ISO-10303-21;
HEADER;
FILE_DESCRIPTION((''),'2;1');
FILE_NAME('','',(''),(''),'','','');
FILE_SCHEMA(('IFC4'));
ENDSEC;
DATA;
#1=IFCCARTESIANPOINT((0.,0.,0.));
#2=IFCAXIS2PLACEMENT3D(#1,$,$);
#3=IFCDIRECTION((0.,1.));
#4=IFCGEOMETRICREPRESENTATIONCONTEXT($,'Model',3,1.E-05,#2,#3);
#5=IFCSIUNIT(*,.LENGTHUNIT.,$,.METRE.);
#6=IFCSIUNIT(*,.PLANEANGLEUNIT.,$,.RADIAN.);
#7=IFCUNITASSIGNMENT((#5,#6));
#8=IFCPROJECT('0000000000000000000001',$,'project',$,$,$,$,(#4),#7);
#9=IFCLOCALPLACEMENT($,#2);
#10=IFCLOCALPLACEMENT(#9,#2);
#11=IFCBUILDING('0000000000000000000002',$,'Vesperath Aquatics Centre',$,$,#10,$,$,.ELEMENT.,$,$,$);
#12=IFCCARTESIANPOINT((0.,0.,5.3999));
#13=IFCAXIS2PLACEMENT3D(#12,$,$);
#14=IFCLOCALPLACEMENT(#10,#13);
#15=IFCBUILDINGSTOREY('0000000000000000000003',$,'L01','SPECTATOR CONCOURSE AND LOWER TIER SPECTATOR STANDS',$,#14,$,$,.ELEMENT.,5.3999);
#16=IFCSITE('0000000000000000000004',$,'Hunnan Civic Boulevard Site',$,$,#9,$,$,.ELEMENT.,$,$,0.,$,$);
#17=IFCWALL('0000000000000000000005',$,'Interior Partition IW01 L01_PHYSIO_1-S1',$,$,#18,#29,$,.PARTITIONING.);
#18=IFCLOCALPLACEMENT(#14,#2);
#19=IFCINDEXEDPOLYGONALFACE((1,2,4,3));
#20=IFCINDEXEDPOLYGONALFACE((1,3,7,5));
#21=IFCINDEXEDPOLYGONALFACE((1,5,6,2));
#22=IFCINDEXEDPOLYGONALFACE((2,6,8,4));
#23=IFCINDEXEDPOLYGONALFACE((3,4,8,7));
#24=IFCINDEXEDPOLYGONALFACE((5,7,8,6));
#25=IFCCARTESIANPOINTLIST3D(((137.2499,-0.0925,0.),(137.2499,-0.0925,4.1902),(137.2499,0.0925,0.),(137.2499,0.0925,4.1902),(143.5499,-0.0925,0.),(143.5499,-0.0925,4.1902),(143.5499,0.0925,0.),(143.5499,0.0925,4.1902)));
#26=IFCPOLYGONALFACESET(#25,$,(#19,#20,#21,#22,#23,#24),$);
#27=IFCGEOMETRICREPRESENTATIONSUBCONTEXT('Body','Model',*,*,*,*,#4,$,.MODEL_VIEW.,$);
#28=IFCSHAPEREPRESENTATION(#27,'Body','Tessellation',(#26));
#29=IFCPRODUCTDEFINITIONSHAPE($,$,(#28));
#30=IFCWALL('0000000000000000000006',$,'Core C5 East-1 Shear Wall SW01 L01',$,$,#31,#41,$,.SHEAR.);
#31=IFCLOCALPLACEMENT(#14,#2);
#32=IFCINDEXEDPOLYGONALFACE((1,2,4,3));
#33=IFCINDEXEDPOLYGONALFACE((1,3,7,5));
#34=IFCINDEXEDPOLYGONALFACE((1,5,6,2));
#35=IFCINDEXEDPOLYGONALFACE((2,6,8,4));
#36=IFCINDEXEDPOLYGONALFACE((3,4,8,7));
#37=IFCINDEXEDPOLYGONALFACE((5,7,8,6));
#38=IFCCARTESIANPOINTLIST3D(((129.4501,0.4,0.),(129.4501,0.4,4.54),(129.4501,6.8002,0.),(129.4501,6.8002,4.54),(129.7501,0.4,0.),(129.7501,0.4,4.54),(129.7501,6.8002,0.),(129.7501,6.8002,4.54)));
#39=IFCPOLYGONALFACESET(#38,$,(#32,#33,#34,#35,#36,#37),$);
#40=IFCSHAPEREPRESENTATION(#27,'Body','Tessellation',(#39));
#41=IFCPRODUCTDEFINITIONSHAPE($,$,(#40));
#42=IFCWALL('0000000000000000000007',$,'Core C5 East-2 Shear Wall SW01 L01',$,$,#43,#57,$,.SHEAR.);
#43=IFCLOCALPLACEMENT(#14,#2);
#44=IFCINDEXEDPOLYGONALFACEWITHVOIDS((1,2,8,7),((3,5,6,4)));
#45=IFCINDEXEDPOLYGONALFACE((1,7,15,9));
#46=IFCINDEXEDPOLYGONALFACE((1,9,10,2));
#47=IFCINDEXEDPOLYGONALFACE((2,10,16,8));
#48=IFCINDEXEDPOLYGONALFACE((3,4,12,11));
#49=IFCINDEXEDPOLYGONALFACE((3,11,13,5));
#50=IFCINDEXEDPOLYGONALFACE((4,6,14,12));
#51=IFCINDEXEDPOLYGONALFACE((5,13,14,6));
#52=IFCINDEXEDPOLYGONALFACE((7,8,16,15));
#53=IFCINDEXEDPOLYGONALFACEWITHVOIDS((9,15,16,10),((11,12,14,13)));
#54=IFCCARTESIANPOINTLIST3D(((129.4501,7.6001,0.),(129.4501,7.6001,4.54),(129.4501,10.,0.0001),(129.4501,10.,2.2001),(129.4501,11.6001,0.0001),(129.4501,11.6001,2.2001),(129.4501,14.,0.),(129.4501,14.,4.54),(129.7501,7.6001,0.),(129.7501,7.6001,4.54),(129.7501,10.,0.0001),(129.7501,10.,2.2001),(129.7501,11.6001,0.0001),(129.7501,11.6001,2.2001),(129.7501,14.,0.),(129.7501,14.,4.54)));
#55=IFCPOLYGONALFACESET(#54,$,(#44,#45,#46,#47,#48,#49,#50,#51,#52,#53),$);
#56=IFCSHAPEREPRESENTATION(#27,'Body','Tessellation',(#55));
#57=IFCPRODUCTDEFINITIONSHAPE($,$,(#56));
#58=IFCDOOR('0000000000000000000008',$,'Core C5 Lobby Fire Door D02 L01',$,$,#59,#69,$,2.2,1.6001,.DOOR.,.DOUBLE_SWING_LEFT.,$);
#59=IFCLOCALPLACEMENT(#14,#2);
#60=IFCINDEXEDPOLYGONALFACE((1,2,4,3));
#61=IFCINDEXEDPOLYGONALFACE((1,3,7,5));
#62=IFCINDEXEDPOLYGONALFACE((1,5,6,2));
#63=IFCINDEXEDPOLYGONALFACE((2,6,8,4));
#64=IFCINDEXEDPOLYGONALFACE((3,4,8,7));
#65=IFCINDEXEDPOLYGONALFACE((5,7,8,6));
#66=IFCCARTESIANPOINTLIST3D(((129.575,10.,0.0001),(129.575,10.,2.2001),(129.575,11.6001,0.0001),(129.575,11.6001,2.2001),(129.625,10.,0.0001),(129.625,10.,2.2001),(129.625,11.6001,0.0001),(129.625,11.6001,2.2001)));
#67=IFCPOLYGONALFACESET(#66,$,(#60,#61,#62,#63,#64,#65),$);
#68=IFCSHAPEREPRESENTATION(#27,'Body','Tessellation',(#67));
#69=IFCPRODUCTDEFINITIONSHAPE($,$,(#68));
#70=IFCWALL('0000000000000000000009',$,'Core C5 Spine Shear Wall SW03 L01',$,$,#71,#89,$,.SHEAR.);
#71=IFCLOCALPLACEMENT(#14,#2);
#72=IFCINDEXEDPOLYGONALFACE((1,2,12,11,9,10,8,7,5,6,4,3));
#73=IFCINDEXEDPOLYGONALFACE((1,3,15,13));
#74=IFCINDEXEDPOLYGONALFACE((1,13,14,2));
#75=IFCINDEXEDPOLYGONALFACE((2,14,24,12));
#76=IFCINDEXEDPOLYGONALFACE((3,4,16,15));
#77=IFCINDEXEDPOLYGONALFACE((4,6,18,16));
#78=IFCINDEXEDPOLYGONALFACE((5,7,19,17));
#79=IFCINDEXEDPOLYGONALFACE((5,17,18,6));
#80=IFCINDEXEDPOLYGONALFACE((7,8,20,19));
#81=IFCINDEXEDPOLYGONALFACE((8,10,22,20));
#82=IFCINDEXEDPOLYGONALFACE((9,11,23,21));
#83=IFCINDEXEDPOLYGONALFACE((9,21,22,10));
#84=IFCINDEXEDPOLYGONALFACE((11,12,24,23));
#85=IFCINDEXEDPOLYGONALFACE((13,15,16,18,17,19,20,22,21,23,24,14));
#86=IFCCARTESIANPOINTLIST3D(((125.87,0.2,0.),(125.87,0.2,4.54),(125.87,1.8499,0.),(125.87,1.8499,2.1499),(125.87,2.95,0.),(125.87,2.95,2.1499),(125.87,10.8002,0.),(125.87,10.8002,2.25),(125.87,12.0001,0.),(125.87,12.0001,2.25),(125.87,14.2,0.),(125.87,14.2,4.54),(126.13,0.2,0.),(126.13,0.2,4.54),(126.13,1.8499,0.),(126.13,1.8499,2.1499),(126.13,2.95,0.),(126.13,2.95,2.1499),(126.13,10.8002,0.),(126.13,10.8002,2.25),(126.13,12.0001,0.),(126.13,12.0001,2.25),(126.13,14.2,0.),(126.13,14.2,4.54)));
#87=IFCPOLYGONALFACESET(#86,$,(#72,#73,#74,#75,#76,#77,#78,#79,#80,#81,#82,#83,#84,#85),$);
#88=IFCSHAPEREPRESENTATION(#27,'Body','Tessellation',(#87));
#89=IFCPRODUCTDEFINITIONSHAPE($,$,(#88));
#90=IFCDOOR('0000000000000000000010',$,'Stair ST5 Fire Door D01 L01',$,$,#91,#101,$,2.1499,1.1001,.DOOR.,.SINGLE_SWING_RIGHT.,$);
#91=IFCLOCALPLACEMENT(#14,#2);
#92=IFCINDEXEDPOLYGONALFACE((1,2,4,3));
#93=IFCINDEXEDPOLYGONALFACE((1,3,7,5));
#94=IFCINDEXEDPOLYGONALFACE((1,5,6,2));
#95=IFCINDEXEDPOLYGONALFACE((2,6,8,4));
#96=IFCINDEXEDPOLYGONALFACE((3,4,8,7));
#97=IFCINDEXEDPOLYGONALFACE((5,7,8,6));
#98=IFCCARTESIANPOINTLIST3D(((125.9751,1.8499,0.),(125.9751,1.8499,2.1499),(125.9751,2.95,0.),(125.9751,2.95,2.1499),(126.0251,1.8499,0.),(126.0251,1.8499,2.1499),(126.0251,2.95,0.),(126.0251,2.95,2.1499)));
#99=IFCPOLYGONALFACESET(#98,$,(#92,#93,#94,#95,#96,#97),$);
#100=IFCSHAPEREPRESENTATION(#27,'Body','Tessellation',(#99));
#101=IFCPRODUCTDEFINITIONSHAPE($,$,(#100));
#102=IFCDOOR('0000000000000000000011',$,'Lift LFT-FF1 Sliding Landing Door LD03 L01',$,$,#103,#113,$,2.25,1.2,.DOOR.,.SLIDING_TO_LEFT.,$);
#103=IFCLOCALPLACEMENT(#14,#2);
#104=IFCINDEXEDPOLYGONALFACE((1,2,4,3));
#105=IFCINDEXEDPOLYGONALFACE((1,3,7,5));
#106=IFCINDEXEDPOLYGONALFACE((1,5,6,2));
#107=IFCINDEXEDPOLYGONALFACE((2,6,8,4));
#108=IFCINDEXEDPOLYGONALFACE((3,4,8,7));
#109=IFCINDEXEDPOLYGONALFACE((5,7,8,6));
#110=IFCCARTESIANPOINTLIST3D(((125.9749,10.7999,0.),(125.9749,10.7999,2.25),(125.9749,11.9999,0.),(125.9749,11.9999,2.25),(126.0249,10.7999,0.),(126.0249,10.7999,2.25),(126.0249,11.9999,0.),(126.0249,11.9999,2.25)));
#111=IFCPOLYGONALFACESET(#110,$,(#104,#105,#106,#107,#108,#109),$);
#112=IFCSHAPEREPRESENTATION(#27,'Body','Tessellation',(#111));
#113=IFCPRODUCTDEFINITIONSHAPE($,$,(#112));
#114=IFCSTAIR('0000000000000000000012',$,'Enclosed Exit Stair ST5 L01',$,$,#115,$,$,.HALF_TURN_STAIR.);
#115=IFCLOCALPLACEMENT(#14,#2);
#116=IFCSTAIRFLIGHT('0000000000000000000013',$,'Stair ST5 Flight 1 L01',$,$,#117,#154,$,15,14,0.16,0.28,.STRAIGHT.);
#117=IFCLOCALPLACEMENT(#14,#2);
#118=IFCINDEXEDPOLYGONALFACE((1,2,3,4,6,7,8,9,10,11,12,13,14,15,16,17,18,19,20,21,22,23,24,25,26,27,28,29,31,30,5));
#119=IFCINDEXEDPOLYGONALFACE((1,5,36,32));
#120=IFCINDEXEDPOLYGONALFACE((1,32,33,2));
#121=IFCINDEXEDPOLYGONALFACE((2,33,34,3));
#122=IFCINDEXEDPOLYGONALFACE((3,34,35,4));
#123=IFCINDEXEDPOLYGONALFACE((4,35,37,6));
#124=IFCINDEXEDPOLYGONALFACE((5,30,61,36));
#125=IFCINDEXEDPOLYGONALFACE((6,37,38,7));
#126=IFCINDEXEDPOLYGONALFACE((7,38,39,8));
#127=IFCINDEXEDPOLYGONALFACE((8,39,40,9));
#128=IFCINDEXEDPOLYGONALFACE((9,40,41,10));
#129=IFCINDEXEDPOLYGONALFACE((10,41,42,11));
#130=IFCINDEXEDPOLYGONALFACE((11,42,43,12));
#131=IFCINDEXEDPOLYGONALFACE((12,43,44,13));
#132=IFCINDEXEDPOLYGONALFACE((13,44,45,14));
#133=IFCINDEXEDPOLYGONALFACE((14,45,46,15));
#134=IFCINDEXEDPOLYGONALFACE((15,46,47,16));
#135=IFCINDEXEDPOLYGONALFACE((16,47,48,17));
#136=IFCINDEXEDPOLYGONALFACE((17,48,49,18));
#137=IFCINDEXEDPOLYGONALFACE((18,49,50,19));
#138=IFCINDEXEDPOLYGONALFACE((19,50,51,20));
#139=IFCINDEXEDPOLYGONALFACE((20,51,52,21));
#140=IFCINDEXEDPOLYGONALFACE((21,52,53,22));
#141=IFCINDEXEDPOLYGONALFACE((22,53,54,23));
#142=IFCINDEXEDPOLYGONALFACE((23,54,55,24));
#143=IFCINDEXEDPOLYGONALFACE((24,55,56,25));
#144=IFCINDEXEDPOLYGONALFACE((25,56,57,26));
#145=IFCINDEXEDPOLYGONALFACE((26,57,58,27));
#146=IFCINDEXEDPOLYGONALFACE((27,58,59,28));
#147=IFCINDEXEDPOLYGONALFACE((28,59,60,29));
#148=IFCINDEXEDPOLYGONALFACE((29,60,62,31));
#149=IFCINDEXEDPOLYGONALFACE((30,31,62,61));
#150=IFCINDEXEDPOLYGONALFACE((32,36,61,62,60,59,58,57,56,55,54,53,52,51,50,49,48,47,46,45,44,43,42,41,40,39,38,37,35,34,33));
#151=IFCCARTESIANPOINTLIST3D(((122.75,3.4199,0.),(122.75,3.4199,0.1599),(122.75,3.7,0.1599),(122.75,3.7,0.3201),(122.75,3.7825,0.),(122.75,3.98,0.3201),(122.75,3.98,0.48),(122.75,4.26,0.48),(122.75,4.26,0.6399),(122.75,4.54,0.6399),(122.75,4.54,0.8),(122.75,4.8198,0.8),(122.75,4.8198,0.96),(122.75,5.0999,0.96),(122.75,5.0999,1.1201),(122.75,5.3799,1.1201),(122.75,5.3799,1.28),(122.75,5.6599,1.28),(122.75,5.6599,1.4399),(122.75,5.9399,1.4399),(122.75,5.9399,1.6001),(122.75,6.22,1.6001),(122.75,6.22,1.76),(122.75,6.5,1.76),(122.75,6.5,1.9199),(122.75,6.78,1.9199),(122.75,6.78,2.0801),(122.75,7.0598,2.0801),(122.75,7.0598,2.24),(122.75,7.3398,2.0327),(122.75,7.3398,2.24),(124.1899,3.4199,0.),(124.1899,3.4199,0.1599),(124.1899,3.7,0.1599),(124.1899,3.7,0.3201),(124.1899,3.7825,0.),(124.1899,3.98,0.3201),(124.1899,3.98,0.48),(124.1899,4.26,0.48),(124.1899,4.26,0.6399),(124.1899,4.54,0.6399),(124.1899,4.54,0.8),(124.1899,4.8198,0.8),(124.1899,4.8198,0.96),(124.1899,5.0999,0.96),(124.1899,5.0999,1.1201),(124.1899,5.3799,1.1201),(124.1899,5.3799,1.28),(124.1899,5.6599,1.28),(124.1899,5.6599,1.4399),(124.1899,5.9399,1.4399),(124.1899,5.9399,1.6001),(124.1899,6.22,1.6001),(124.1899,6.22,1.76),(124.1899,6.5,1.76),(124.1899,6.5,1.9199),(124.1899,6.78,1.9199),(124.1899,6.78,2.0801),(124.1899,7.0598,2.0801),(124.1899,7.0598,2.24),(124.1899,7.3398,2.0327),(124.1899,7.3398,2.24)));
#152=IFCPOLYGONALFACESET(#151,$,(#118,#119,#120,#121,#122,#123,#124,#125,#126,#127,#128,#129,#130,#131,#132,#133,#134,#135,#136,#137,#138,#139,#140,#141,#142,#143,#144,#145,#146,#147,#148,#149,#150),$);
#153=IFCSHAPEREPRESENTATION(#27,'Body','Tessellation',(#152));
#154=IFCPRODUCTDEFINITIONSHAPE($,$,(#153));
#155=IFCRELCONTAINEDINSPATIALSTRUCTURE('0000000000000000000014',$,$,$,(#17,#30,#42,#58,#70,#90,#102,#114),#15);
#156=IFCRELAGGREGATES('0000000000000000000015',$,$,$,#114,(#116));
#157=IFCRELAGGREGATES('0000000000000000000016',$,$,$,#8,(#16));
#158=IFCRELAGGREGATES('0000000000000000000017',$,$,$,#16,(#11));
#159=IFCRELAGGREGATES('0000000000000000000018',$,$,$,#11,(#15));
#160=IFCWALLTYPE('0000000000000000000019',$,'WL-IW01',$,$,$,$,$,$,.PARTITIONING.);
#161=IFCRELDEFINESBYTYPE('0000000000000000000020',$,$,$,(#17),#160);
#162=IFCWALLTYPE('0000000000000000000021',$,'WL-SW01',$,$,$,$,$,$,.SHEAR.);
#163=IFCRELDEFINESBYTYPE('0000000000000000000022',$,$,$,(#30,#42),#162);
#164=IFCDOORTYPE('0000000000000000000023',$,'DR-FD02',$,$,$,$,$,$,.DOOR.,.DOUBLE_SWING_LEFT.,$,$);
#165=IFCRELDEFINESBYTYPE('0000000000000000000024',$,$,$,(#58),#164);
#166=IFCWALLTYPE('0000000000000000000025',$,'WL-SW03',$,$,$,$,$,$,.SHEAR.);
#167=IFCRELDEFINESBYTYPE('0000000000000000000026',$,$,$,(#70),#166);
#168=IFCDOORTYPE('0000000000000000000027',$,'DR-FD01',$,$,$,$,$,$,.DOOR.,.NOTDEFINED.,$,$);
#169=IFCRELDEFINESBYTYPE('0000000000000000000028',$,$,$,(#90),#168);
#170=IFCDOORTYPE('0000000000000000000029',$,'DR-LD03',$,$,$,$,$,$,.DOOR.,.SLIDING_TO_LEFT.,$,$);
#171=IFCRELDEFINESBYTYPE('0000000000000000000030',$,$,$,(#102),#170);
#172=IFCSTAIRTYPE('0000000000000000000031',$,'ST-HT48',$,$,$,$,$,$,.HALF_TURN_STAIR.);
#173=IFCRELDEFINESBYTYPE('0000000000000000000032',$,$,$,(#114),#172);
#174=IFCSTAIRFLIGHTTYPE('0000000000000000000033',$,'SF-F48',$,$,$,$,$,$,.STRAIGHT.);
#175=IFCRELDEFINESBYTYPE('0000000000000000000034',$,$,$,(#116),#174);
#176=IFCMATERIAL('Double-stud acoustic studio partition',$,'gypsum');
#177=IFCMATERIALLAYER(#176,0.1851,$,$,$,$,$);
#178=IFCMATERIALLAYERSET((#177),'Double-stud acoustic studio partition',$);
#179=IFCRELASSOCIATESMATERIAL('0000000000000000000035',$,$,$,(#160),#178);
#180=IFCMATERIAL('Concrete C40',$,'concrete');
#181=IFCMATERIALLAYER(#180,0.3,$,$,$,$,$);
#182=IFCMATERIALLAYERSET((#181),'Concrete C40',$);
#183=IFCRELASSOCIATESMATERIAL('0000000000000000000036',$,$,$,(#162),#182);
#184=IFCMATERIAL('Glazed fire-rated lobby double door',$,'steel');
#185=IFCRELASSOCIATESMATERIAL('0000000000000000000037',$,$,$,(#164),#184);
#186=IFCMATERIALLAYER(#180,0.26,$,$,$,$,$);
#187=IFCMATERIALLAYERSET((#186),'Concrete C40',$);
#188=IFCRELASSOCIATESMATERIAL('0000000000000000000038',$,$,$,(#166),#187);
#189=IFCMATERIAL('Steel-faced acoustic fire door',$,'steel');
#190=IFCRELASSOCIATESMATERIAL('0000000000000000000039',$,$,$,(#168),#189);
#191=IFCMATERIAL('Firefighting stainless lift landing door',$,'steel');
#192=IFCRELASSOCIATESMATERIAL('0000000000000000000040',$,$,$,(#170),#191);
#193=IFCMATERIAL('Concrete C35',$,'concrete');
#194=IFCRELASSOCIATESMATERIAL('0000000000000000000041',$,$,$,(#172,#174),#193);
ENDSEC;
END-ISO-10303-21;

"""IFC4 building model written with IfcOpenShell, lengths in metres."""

from ifc_helpers import new_model, si_unit, direction, frame, frame_2d, origin, place, context, subcontext, project, spatial, polyline, rectangle, outline, extrude, material, layer, layer_set, type_object, element, fill, aggregate, save


model = new_model("IFC4")

# Units and contexts
model_context = context("Model", 3, precision=1e-05, world=origin(), true_north=direction((0.0, 1.0)))
body_context = subcontext(model_context, "Body", "Model", "MODEL_VIEW")
ifc_project = project(units=[si_unit("LENGTHUNIT", "METRE"), si_unit("PLANEANGLEUNIT", "RADIAN")], contexts=[model_context])

# Site, building, storey
site_placement = place(None, origin())
site = spatial("IfcSite", under=ifc_project, at=site_placement, Name="Hunnan Civic Boulevard Site", CompositionType="ELEMENT", RefElevation=0.0)
building_placement = place(site_placement, origin())
building = spatial("IfcBuilding", under=site, at=building_placement, Name="Vesperath Aquatics Centre", CompositionType="ELEMENT")
storey_placement = place(building_placement, frame((0.0, 0.0, 5.3999)))
storey = spatial("IfcBuildingStorey", under=building, at=storey_placement, Name="L01", Description="SPECTATOR CONCOURSE AND LOWER TIER SPECTATOR STANDS", CompositionType="ELEMENT", Elevation=5.3999)

# Shared definitions
ifc_material_1 = material(Name="Concrete C40", Category="concrete")

# Shared definitions
ifc_material_2 = material(Name="Concrete C35", Category="concrete")

# Walls
ifc_material_3 = material(Name="Double-stud acoustic studio partition", Category="gypsum")
ifc_layer_1 = layer(ifc_material_3, 0.1851)
ifc_layer_set_1 = layer_set([ifc_layer_1], Name="Double-stud acoustic studio partition")
wall_type_1 = type_object("IfcWallType", Name="WL-IW01", PredefinedType="PARTITIONING", material=ifc_layer_set_1)
wall_1_placement = place(storey_placement, frame((137.25, 0.0, 0.0), z_axis=(0.0, 0.0, 1.0), x_axis=(1.0, 0.0, 0.0)))
element("IfcWall", 1, at=wall_1_placement, inside=storey, type_object=wall_type_1, Name="Interior Partition IW01 L01_PHYSIO_1-S1", PredefinedType="PARTITIONING", context=body_context, shape_type="SweptSolid", body=[
    extrude(rectangle(XDim=6.3, YDim=0.1851, at=frame_2d((3.1499, 0.0))), origin(), (0.0, 0.0, 1.0), 4.1902),
])
ifc_layer_2 = layer(ifc_material_1, 0.3)
ifc_layer_set_2 = layer_set([ifc_layer_2], Name="Concrete C40")
wall_type_2 = type_object("IfcWallType", Name="WL-SW01", PredefinedType="SHEAR", material=ifc_layer_set_2)
wall_2_placement = place(storey_placement, frame((129.6001, 0.3999, 0.0), z_axis=(0.0, 0.0, 1.0), x_axis=(0.0, 1.0, 0.0)))
element("IfcWall", 2, at=wall_2_placement, inside=storey, type_object=wall_type_2, Name="Core C5 East-1 Shear Wall SW01 L01", PredefinedType="SHEAR", context=body_context, shape_type="SweptSolid", body=[
    extrude(rectangle(XDim=6.4001, YDim=0.3, at=frame_2d((3.2002, 0.0))), origin(), (0.0, 0.0, 1.0), 4.54),
])

# Wall, opening, door
wall_3_placement = place(storey_placement, frame((129.6001, 7.6001, 0.0), z_axis=(0.0, 0.0, 1.0), x_axis=(0.0, 1.0, 0.0)))
wall_3 = element("IfcWall", 3, at=wall_3_placement, inside=storey, type_object=wall_type_2, Name="Core C5 East-2 Shear Wall SW01 L01", PredefinedType="SHEAR", context=body_context, shape_type="SweptSolid", body=[
    extrude(rectangle(XDim=6.3999, YDim=0.3, at=frame_2d((3.2, 0.0))), origin(), (0.0, 0.0, 1.0), 4.54),
])
opening_1_placement = place(wall_3_placement, frame((2.3999, 0.0, 0.0)))
opening_1 = element("IfcOpeningElement", 4, at=opening_1_placement, cuts=wall_3, PredefinedType="OPENING", context=body_context, shape_type="SweptSolid", body=[
    extrude(rectangle(XDim=1.6001, YDim=2.2, at=frame_2d((0.8, 1.1001))), frame((0.0, 0.165, 0.0), z_axis=(0.0, -1.0, 0.0), x_axis=(1.0, 0.0, 0.0)), (0.0, 0.0, 1.0), 0.3298),
])
ifc_material_4 = material(Name="Glazed fire-rated lobby double door", Category="steel")
door_type_1 = type_object("IfcDoorType", Name="DR-FD02", OperationType="DOUBLE_SWING_LEFT", PredefinedType="DOOR", material=ifc_material_4)
door_1_placement = place(opening_1_placement, frame((1.6001, 0.0, 0.0), z_axis=(0.0, 0.0, 1.0), x_axis=(-1.0, 0.0, 0.0)))
door_1 = element("IfcDoor", 5, at=door_1_placement, inside=storey, type_object=door_type_1, Name="Core C5 Lobby Fire Door D02 L01", OperationType="DOUBLE_SWING_LEFT", OverallHeight=2.2, OverallWidth=1.6001, PredefinedType="DOOR", context=body_context, shape_type="SweptSolid", body=[
    extrude(rectangle(XDim=1.6001, YDim=2.2, at=frame_2d((0.8, 1.1001))), frame((0.0, 0.0249, 0.0), z_axis=(0.0, -1.0, 0.0), x_axis=(1.0, 0.0, 0.0)), (0.0, 0.0, 1.0), 0.05),
])
fill(opening_1, door_1)

# Wall, openings, doors
ifc_layer_3 = layer(ifc_material_1, 0.26)
ifc_layer_set_3 = layer_set([ifc_layer_3], Name="Concrete C40")
wall_type_3 = type_object("IfcWallType", Name="WL-SW03", PredefinedType="SHEAR", material=ifc_layer_set_3)
wall_4_placement = place(storey_placement, frame((126.0, 0.2, 0.0), z_axis=(0.0, 0.0, 1.0), x_axis=(0.0, 1.0, 0.0)))
wall_4 = element("IfcWall", 6, at=wall_4_placement, inside=storey, type_object=wall_type_3, Name="Core C5 Spine Shear Wall SW03 L01", PredefinedType="SHEAR", context=body_context, shape_type="SweptSolid", body=[
    extrude(rectangle(XDim=14.0, YDim=0.26, at=frame_2d((7.0, 0.0))), origin(), (0.0, 0.0, 1.0), 4.54),
])
opening_2_placement = place(wall_4_placement, frame((1.6499, 0.0, 0.0)))
opening_2 = element("IfcOpeningElement", 7, at=opening_2_placement, cuts=wall_4, PredefinedType="OPENING", context=body_context, shape_type="SweptSolid", body=[
    extrude(rectangle(XDim=1.1001, YDim=2.1499, at=frame_2d((0.55, 1.075))), frame((0.0, 0.145, 0.0), z_axis=(0.0, -1.0, 0.0), x_axis=(1.0, 0.0, 0.0)), (0.0, 0.0, 1.0), 0.2898),
])
opening_3_placement = place(wall_4_placement, frame((10.6001, 0.0, 0.0)))
opening_3 = element("IfcOpeningElement", 8, at=opening_3_placement, cuts=wall_4, PredefinedType="OPENING", context=body_context, shape_type="SweptSolid", body=[
    extrude(rectangle(XDim=1.2, YDim=2.25, at=frame_2d((0.6001, 1.125))), frame((0.0, 0.145, 0.0), z_axis=(0.0, -1.0, 0.0), x_axis=(1.0, 0.0, 0.0)), (0.0, 0.0, 1.0), 0.2898),
])
ifc_material_5 = material(Name="Steel-faced acoustic fire door", Category="steel")
door_type_2 = type_object("IfcDoorType", Name="DR-FD01", OperationType="NOTDEFINED", PredefinedType="DOOR", material=ifc_material_5)
door_2_placement = place(opening_2_placement, origin())
door_2 = element("IfcDoor", 9, at=door_2_placement, inside=storey, type_object=door_type_2, Name="Stair ST5 Fire Door D01 L01", OperationType="SINGLE_SWING_RIGHT", OverallHeight=2.1499, OverallWidth=1.1001, PredefinedType="DOOR", context=body_context, shape_type="SweptSolid", body=[
    extrude(rectangle(XDim=1.1001, YDim=2.1499, at=frame_2d((0.55, 1.075))), frame((0.0, 0.0249, 0.0), z_axis=(0.0, -1.0, 0.0), x_axis=(1.0, 0.0, 0.0)), (0.0, 0.0, 1.0), 0.05),
])
fill(opening_2, door_2)
ifc_material_6 = material(Name="Firefighting stainless lift landing door", Category="steel")
door_type_3 = type_object("IfcDoorType", Name="DR-LD03", OperationType="SLIDING_TO_LEFT", PredefinedType="DOOR", material=ifc_material_6)
door_3_placement = place(opening_3_placement, frame((1.2, 0.0, 0.0), z_axis=(0.0, 0.0, 1.0), x_axis=(-1.0, 0.0, 0.0)))
door_3 = element("IfcDoor", 10, at=door_3_placement, inside=storey, type_object=door_type_3, Name="Lift LFT-FF1 Sliding Landing Door LD03 L01", OperationType="SLIDING_TO_LEFT", OverallHeight=2.25, OverallWidth=1.2, PredefinedType="DOOR", context=body_context, shape_type="SweptSolid", body=[
    extrude(rectangle(XDim=1.2, YDim=2.25, at=frame_2d((0.6001, 1.125))), frame((0.0, 0.0249, 0.0), z_axis=(0.0, -1.0, 0.0), x_axis=(1.0, 0.0, 0.0)), (0.0, 0.0, 1.0), 0.05),
])
fill(opening_3, door_3)

# Stair, stair flight
stair_type = type_object("IfcStairType", Name="ST-HT48", PredefinedType="HALF_TURN_STAIR", material=ifc_material_2)
stair_placement = place(storey_placement, origin())
stair = element("IfcStair", 11, at=stair_placement, inside=storey, type_object=stair_type, Name="Enclosed Exit Stair ST5 L01", PredefinedType="HALF_TURN_STAIR")
stair_flight_type = type_object("IfcStairFlightType", Name="SF-F48", PredefinedType="STRAIGHT", material=ifc_material_2)
stair_flight_1_placement = place(storey_placement, frame((123.47, 3.4199, 0.0), z_axis=(0.0, 0.0, 1.0), x_axis=(0.0, 1.0, 0.0)))
stair_flight_1 = element("IfcStairFlight", 12, at=stair_flight_1_placement, type_object=stair_flight_type, Name="Stair ST5 Flight 1 L01", NumberOfRisers=15, NumberOfTreads=14, PredefinedType="STRAIGHT", RiserHeight=0.16, TreadLength=0.28, context=body_context, shape_type="SweptSolid", body=[
    extrude(outline(polyline([(0.0, 0.0), (0.0, 0.1599), (0.28, 0.1599), (0.28, 0.3201), (0.5601, 0.3201), (0.5601, 0.48), (0.8401, 0.48), (0.8401, 0.6399), (1.1201, 0.6399), (1.1201, 0.8), (1.3999, 0.8), (1.3999, 0.96), (1.6799, 0.96), (1.6799, 1.1201), (1.96, 1.1201), (1.96, 1.28), (2.24, 1.28), (2.24, 1.4399), (2.52, 1.4399), (2.52, 1.6001), (2.8, 1.6001), (2.8, 1.76), (3.0801, 1.76), (3.0801, 1.9199), (3.3601, 1.9199), (3.3601, 2.0801), (3.6399, 2.0801), (3.6399, 2.24), (3.9199, 2.24), (3.9199, 2.3999), (3.9199, 2.0327), (0.3625, 0.0), (0.0, 0.0)])), frame((0.0, 0.72, 0.0), z_axis=(0.0, -1.0, 0.0), x_axis=(1.0, 0.0, 0.0)), (0.0, 0.0, 1.0), 1.4399),
])
aggregate(stair, [stair_flight_1])

save(model, "model.ifc")
